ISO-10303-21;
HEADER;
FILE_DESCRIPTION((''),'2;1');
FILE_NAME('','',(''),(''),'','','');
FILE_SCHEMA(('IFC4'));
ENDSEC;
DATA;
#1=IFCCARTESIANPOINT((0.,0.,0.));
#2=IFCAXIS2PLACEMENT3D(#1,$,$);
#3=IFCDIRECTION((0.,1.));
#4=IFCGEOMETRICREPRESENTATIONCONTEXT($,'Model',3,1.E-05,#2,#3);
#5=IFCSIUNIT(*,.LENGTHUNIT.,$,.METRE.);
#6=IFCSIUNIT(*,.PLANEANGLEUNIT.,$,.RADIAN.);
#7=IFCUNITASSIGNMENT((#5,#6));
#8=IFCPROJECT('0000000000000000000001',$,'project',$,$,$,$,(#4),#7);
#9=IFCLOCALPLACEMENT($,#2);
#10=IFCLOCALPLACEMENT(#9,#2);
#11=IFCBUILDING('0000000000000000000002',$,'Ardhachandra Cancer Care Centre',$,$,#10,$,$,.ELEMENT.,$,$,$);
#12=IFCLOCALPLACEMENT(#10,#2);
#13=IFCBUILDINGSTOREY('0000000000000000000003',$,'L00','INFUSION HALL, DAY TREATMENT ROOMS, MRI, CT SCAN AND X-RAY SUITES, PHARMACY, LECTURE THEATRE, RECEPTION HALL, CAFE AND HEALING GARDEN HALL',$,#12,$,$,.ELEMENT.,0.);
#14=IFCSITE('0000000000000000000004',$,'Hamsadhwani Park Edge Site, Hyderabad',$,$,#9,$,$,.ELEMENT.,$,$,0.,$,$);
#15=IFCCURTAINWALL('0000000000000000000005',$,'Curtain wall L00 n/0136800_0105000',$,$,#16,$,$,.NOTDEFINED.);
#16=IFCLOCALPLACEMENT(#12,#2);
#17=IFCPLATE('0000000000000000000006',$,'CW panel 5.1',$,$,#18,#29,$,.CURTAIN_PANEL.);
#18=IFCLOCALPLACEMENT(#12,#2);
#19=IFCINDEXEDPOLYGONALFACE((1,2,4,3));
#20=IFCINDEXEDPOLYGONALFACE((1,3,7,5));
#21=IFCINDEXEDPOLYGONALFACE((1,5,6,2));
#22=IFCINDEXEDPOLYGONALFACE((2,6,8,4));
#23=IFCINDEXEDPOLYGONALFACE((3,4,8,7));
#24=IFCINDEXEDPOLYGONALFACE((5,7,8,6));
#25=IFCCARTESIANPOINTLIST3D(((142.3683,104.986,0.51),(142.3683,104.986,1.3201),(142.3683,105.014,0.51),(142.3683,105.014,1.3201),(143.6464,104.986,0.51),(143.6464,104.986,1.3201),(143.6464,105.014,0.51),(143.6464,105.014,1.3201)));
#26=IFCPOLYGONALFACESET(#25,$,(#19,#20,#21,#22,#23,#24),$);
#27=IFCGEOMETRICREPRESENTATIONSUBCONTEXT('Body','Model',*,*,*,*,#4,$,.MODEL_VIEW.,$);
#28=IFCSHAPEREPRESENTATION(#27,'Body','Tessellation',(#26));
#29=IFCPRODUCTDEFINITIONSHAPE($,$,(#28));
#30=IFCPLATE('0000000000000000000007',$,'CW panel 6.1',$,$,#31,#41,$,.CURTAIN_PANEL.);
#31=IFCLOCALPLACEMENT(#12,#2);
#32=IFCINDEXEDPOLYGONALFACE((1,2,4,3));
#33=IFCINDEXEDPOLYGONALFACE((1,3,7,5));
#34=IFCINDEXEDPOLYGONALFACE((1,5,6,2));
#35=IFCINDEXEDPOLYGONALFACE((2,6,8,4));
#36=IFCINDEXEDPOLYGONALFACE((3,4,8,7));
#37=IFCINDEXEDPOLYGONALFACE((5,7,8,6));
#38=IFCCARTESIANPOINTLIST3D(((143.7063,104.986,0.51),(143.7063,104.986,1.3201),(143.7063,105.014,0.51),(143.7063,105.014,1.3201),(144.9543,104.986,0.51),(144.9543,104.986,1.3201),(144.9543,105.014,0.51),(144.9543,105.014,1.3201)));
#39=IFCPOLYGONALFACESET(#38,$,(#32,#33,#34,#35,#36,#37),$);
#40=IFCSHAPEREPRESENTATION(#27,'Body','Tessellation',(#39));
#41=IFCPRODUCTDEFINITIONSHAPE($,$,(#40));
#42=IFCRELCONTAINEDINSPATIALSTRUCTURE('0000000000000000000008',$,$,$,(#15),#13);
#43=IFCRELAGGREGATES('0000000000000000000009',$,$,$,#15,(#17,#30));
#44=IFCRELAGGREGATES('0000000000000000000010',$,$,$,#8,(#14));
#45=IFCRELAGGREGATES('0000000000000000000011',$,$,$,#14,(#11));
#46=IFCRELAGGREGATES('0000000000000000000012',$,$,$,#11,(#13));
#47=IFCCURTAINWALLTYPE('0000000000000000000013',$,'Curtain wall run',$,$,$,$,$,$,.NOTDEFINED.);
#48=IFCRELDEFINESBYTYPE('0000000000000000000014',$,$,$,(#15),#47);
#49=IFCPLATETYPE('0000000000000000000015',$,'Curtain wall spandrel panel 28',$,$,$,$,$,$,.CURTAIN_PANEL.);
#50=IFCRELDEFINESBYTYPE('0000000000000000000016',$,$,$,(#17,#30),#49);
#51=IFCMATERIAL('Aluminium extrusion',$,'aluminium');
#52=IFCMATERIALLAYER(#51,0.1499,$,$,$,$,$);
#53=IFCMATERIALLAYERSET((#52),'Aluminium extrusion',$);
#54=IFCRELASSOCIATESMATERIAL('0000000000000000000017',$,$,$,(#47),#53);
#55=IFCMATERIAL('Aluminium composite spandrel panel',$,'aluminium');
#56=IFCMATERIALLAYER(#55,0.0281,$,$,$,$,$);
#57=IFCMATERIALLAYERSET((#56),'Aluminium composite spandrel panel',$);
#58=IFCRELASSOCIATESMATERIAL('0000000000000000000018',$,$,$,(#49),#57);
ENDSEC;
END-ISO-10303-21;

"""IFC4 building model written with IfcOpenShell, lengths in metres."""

from ifc_helpers import new_model, si_unit, direction, frame, origin, origin_2d, place, context, subcontext, project, spatial, rectangle, extrude, material, layer, layer_set, type_object, element, aggregate, save


model = new_model("IFC4")

# Units and contexts
model_context = context("Model", 3, precision=1e-05, world=origin(), true_north=direction((0.0, 1.0)))
body_context = subcontext(model_context, "Body", "Model", "MODEL_VIEW")
ifc_project = project(units=[si_unit("LENGTHUNIT", "METRE"), si_unit("PLANEANGLEUNIT", "RADIAN")], contexts=[model_context])

# Site, building, storey
site_placement = place(None, origin())
site = spatial("IfcSite", under=ifc_project, at=site_placement, Name="Hamsadhwani Park Edge Site, Hyderabad", CompositionType="ELEMENT", RefElevation=0.0)
building_placement = place(site_placement, origin())
building = spatial("IfcBuilding", under=site, at=building_placement, Name="Ardhachandra Cancer Care Centre", CompositionType="ELEMENT")
storey_placement = place(building_placement, origin())
storey = spatial("IfcBuildingStorey", under=building, at=storey_placement, Name="L00", Description="INFUSION HALL, DAY TREATMENT ROOMS, MRI, CT SCAN AND X-RAY SUITES, PHARMACY, LECTURE THEATRE, RECEPTION HALL, CAFE AND HEALING GARDEN HALL", CompositionType="ELEMENT", Elevation=0.0)

# Curtain wall, plates
ifc_material_1 = material(Name="Aluminium extrusion", Category="aluminium")
ifc_layer_1 = layer(ifc_material_1, 0.1499)
ifc_layer_set_1 = layer_set([ifc_layer_1], Name="Aluminium extrusion")
curtain_wall_type = type_object("IfcCurtainWallType", Name="Curtain wall run", PredefinedType="NOTDEFINED", material=ifc_layer_set_1)
curtain_wall_placement = place(storey_placement, origin())
curtain_wall = element("IfcCurtainWall", 1, at=curtain_wall_placement, inside=storey, type_object=curtain_wall_type, Name="Curtain wall L00 n/0136800_0105000", PredefinedType="NOTDEFINED")
ifc_material_2 = material(Name="Aluminium composite spandrel panel", Category="aluminium")
ifc_layer_2 = layer(ifc_material_2, 0.0281)
ifc_layer_set_2 = layer_set([ifc_layer_2], Name="Aluminium composite spandrel panel")
plate_type_1 = type_object("IfcPlateType", Name="Curtain wall spandrel panel 28", PredefinedType="CURTAIN_PANEL", material=ifc_layer_set_2)
plate_1_placement = place(storey_placement, frame((143.0073, 105.0, 0.51), z_axis=(0.0, 0.0, 1.0), x_axis=(1.0, 0.0, 0.0)))
plate_1 = element("IfcPlate", 2, at=plate_1_placement, type_object=plate_type_1, Name="CW panel 5.1", PredefinedType="CURTAIN_PANEL", context=body_context, shape_type="SweptSolid", body=[
    extrude(rectangle(XDim=1.2781, YDim=0.0281, at=origin_2d()), origin(), (0.0, 0.0, 1.0), 0.8101),
])
plate_2_placement = place(storey_placement, frame((144.3303, 105.0, 0.51), z_axis=(0.0, 0.0, 1.0), x_axis=(1.0, 0.0, 0.0)))
plate_2 = element("IfcPlate", 3, at=plate_2_placement, type_object=plate_type_1, Name="CW panel 6.1", PredefinedType="CURTAIN_PANEL", context=body_context, shape_type="SweptSolid", body=[
    extrude(rectangle(XDim=1.248, YDim=0.0281, at=origin_2d()), origin(), (0.0, 0.0, 1.0), 0.8101),
])
aggregate(curtain_wall, [plate_1, plate_2])

save(model, "model.ifc")
